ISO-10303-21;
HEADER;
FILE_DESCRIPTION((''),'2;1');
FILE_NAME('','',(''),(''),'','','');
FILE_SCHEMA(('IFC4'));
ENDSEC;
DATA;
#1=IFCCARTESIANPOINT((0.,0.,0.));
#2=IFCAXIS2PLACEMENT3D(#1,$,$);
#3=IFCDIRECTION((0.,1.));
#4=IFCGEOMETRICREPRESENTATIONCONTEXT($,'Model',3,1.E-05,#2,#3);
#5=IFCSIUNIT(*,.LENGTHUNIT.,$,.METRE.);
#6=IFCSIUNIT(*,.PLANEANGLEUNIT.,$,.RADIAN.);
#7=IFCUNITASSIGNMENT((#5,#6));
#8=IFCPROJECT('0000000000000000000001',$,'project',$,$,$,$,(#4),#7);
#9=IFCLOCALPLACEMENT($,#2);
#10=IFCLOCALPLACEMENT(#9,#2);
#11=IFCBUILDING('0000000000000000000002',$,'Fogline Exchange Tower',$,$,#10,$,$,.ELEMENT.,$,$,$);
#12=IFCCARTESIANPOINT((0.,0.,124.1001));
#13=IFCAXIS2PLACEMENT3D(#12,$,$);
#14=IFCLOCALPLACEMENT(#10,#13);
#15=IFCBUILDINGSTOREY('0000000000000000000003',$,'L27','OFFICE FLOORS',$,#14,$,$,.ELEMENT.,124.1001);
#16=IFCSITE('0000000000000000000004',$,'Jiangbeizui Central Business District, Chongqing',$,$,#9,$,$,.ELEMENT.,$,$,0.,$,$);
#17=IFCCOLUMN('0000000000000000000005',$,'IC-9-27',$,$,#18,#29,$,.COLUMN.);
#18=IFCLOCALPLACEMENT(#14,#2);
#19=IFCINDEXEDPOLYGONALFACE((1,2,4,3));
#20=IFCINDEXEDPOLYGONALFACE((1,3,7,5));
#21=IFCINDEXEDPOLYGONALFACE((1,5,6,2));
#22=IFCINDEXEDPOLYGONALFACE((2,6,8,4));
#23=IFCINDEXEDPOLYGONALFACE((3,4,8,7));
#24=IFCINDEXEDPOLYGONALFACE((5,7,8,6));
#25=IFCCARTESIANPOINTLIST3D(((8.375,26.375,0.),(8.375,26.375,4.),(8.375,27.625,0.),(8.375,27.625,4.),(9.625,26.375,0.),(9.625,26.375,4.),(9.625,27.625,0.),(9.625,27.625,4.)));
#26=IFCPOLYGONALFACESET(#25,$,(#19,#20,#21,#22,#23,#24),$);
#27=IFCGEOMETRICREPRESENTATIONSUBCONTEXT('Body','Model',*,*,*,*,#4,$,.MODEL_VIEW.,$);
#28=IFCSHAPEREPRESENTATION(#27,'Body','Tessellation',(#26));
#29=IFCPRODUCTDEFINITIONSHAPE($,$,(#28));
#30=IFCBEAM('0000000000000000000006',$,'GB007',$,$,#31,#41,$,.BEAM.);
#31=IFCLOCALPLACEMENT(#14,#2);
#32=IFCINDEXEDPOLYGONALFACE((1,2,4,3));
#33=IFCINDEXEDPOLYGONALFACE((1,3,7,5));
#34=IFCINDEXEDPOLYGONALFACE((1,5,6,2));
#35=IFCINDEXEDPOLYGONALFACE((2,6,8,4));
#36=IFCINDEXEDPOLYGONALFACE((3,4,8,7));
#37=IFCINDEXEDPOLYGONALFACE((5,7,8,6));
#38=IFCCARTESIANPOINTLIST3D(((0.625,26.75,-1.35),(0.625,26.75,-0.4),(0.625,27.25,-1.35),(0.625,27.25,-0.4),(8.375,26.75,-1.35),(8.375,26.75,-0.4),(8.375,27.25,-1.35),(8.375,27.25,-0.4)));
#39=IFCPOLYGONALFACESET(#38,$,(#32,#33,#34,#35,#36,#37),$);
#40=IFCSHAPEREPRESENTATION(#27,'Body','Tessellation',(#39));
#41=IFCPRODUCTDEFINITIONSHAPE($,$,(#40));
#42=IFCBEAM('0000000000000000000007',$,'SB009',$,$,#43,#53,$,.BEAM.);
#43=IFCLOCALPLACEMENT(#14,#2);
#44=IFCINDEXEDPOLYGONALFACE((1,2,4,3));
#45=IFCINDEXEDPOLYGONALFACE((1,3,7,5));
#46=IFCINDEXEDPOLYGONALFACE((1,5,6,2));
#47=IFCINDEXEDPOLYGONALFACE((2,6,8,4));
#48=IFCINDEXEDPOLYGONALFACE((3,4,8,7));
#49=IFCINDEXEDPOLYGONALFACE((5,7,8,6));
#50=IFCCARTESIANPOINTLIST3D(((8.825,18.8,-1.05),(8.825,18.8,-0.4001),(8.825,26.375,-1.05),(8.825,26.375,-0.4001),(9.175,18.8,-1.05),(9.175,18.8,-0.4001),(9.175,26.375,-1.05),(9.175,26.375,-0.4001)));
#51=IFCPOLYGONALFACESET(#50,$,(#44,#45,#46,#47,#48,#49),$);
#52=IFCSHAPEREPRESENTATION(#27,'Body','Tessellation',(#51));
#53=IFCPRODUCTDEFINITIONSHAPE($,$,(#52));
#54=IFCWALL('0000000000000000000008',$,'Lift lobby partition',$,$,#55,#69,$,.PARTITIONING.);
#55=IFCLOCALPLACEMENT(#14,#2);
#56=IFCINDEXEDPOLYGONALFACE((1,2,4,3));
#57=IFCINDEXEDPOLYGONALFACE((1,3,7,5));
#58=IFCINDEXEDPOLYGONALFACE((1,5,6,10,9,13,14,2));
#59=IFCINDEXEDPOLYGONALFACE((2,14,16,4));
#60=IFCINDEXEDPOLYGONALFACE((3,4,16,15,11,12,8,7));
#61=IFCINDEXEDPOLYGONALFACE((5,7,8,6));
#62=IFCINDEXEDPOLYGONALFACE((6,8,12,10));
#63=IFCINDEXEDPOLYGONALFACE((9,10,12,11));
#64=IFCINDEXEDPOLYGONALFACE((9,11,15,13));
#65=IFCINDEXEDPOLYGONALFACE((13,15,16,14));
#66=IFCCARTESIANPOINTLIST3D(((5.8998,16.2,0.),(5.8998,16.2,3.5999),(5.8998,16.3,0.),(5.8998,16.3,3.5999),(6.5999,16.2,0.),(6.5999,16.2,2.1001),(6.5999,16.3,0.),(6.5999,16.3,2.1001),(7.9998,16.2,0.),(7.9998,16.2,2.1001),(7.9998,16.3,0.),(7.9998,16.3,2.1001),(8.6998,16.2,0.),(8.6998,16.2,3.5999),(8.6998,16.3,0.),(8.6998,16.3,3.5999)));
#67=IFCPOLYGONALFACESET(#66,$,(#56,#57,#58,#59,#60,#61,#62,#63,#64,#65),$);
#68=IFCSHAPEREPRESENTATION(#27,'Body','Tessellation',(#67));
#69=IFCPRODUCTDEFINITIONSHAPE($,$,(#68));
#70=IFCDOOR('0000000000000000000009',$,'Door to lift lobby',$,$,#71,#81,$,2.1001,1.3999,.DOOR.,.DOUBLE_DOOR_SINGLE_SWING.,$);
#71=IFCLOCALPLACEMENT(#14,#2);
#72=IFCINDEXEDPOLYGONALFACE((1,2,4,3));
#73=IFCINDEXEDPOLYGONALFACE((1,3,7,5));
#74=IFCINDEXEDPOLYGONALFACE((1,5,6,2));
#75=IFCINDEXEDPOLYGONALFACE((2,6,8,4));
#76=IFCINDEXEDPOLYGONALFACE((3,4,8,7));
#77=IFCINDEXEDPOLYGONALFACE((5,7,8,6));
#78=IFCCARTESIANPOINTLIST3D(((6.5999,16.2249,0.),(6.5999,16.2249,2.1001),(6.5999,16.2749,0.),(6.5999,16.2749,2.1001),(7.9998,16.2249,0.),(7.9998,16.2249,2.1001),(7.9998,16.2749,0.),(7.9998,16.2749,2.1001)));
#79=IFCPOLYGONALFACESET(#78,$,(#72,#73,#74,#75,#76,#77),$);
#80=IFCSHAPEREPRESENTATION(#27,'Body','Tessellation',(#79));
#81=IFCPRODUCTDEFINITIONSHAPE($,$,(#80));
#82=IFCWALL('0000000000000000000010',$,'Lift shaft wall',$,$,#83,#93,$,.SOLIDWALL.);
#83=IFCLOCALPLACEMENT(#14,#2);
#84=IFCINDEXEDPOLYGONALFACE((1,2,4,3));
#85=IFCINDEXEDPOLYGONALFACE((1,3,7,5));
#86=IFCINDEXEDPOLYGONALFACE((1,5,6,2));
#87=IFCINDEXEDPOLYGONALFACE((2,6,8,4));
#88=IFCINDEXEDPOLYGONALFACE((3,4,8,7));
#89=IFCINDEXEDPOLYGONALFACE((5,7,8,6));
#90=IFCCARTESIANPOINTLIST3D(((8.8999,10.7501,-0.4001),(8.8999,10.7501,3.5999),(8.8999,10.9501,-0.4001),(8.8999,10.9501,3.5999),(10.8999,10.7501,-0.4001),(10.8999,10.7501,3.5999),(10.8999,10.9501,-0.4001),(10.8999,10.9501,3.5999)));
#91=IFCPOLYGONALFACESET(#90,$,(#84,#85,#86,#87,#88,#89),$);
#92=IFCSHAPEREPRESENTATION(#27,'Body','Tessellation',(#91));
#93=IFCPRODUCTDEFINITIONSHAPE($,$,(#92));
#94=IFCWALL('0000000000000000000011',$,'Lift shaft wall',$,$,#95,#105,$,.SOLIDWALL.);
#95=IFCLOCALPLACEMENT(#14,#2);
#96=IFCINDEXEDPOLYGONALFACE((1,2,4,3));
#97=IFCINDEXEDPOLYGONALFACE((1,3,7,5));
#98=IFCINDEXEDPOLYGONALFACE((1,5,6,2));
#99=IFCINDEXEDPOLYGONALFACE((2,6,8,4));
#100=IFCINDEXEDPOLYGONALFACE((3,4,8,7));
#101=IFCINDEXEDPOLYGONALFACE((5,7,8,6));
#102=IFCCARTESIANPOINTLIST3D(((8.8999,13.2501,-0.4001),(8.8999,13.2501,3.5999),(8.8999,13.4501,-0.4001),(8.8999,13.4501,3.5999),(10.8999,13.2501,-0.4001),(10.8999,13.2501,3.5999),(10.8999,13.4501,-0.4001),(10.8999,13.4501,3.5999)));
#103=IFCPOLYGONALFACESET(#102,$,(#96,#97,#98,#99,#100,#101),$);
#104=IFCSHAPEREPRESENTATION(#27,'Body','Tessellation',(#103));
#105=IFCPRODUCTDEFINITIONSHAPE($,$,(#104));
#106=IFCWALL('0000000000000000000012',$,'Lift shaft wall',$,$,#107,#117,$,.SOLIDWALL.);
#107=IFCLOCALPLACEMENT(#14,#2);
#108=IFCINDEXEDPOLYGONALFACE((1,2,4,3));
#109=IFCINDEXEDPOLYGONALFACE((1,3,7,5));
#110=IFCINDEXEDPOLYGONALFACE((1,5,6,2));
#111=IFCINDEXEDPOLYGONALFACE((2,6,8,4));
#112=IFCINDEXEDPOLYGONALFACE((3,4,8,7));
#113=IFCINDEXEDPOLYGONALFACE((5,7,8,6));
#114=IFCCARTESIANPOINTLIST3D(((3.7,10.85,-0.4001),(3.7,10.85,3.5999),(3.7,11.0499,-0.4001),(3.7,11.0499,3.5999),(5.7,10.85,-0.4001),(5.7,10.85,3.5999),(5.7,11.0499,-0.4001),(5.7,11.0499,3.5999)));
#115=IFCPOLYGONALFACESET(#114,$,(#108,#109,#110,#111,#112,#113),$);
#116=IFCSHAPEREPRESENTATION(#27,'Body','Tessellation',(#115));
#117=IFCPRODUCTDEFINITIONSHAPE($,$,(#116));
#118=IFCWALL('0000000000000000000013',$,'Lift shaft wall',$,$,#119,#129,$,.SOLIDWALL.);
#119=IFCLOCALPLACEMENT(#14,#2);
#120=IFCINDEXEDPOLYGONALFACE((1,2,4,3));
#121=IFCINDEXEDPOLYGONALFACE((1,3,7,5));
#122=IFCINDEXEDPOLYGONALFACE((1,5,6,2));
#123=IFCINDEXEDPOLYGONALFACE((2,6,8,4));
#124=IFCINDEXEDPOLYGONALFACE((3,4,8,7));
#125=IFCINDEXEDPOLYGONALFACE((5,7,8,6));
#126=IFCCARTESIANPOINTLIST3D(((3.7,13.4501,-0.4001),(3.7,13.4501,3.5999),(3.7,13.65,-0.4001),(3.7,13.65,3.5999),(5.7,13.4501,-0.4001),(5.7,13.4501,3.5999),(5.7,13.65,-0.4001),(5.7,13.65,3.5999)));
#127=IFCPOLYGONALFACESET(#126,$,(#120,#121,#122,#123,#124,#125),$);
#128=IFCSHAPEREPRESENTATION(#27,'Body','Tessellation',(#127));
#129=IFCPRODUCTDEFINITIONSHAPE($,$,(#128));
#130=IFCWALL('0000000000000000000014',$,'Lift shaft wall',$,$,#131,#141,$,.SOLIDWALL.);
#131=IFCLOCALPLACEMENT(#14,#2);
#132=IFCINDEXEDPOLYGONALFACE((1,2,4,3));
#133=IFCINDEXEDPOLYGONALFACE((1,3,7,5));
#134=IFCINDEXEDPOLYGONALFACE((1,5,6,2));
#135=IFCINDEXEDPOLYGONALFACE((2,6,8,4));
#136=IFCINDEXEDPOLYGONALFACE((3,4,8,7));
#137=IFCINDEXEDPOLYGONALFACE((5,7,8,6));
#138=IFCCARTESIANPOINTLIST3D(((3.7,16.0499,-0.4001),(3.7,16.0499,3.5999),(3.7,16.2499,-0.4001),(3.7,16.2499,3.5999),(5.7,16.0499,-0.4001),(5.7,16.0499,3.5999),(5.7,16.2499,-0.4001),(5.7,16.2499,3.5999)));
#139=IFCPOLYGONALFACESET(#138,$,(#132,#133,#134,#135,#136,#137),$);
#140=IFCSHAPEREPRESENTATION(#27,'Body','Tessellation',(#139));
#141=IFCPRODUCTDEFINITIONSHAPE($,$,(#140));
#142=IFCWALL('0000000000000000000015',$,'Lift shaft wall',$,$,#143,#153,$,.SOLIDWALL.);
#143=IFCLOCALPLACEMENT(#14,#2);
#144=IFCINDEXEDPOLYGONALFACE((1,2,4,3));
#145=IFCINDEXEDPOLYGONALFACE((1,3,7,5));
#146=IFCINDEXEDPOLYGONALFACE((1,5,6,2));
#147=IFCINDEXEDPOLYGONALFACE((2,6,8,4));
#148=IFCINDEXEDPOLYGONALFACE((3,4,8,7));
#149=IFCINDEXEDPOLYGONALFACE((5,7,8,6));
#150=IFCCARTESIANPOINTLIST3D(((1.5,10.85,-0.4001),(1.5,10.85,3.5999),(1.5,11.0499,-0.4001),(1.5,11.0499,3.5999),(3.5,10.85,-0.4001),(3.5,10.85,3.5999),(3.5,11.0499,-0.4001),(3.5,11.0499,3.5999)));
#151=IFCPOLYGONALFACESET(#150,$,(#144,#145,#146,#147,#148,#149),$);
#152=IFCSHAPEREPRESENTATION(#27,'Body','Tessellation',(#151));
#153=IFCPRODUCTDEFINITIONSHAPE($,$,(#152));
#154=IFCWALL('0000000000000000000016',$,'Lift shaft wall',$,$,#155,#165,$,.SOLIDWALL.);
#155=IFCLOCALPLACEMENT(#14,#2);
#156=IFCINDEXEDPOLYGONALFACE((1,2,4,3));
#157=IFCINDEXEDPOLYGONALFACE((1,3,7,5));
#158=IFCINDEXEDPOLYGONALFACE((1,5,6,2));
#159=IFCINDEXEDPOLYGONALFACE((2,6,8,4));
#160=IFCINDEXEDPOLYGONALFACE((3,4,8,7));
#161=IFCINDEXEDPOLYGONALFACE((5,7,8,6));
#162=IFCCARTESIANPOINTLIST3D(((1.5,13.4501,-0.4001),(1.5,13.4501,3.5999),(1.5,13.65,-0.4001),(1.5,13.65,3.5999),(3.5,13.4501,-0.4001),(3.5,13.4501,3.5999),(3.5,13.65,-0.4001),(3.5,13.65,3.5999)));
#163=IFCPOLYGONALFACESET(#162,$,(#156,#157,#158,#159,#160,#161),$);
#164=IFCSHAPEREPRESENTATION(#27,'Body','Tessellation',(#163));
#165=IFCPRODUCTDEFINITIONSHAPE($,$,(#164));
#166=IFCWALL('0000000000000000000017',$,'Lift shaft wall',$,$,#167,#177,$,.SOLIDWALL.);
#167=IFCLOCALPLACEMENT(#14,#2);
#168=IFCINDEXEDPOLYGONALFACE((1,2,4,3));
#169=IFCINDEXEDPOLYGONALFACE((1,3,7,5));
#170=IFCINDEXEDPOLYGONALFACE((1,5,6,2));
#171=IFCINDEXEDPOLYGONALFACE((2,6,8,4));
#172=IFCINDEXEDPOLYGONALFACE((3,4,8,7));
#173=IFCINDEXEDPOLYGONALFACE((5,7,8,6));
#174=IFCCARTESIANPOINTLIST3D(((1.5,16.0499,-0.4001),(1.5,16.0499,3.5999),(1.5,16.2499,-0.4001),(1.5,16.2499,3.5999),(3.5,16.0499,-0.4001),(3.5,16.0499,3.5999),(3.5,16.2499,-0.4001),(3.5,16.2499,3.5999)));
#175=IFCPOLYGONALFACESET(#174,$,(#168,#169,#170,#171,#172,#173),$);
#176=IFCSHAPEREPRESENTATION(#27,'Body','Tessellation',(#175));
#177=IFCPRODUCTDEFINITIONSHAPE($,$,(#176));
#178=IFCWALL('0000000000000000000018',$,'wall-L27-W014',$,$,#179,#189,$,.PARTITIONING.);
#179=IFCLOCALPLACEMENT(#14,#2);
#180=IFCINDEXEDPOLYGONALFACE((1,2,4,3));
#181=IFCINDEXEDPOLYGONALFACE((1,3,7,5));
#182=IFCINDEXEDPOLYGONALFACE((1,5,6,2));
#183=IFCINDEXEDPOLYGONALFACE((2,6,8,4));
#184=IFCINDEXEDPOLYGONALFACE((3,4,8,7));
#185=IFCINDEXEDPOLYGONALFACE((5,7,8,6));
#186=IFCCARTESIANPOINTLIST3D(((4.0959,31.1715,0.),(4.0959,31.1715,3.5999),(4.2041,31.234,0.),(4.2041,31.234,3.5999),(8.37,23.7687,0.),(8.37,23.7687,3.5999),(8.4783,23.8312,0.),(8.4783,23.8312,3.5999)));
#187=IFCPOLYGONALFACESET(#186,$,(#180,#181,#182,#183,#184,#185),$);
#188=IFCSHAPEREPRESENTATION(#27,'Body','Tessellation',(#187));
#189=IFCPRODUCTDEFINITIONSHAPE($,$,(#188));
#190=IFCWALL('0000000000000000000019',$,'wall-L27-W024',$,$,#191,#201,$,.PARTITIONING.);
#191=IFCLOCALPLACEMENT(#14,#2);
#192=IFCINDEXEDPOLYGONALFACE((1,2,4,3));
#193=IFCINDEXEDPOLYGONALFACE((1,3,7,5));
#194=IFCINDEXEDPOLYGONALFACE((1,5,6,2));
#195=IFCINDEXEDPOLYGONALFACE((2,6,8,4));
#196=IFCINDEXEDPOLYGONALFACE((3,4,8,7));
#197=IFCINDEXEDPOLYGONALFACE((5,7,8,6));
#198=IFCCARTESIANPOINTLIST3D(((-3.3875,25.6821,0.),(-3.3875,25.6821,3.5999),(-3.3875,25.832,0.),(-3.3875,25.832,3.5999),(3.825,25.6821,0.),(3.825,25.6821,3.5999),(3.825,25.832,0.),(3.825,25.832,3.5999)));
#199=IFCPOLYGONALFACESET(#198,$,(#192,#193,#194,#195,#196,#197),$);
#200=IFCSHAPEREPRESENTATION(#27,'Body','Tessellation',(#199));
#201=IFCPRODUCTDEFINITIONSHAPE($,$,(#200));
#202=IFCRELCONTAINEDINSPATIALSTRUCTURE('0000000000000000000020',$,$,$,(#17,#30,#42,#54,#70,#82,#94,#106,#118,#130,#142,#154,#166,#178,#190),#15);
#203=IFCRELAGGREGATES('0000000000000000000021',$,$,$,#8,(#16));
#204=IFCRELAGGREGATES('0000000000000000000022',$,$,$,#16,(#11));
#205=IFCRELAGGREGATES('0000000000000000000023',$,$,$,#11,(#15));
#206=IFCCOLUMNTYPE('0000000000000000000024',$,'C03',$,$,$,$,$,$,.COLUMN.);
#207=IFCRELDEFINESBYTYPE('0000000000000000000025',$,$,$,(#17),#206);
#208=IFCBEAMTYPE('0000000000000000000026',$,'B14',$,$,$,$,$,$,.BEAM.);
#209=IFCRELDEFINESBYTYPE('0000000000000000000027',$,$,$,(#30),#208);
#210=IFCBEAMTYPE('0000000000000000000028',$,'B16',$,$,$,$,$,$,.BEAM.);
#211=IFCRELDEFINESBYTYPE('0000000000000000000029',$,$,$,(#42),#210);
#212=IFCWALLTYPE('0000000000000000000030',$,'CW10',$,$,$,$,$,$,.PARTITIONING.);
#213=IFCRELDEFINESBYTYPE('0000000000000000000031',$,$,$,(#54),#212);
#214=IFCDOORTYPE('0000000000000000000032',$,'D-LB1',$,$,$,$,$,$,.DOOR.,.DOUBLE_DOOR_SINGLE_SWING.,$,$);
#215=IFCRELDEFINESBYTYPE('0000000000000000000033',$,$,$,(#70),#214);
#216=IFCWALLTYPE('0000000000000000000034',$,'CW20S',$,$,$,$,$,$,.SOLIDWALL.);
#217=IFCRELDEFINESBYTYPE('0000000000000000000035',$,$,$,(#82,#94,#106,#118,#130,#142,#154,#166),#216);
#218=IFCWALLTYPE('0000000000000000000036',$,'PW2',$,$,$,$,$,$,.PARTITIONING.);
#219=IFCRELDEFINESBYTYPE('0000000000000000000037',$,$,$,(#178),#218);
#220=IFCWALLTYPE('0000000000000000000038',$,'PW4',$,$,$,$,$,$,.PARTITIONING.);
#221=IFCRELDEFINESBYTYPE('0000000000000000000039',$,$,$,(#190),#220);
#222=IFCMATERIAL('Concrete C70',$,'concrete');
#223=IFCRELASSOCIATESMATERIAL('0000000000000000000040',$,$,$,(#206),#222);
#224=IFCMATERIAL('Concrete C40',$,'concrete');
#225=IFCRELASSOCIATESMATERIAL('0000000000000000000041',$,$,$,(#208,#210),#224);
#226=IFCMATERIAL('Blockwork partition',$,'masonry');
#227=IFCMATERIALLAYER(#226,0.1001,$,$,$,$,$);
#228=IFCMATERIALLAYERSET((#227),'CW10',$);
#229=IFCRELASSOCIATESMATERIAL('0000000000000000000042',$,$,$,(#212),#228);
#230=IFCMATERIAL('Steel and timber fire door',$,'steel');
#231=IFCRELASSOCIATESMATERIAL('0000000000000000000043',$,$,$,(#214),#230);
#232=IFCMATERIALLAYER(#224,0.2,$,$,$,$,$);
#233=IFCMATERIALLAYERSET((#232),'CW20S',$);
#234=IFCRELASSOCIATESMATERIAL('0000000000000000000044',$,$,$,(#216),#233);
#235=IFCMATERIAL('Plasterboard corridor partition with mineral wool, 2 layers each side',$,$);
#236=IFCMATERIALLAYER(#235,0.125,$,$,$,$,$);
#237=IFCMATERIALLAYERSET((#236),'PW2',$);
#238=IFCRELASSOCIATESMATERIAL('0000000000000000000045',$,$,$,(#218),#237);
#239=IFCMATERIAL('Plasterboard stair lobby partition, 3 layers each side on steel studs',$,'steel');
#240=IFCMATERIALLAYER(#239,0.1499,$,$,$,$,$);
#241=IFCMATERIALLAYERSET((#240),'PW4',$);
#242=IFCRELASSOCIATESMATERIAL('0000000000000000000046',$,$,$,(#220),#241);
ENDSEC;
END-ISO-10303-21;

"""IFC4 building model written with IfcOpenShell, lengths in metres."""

from ifc_helpers import new_model, si_unit, direction, frame, frame_2d, origin, origin_2d, place, context, subcontext, project, spatial, rectangle, extrude, material, layer, layer_set, material_profile, profile_set, type_object, element, fill, save


model = new_model("IFC4")

# Units and contexts
model_context = context("Model", 3, precision=1e-05, world=origin(), true_north=direction((0.0, 1.0)))
body_context = subcontext(model_context, "Body", "Model", "MODEL_VIEW")
ifc_project = project(units=[si_unit("LENGTHUNIT", "METRE"), si_unit("PLANEANGLEUNIT", "RADIAN")], contexts=[model_context])

# Site, building, storey
site_placement = place(None, origin())
site = spatial("IfcSite", under=ifc_project, at=site_placement, Name="Jiangbeizui Central Business District, Chongqing", CompositionType="ELEMENT", RefElevation=0.0)
building_placement = place(site_placement, origin())
building = spatial("IfcBuilding", under=site, at=building_placement, Name="Fogline Exchange Tower", CompositionType="ELEMENT")
storey_placement = place(building_placement, frame((0.0, 0.0, 124.1001)))
storey = spatial("IfcBuildingStorey", under=building, at=storey_placement, Name="L27", Description="OFFICE FLOORS", CompositionType="ELEMENT", Elevation=124.1001)

# Column
ifc_material_1 = material(Name="Concrete C70", Category="concrete")
ifc_material_profile_1 = material_profile(ifc_material_1, rectangle(XDim=1.25, YDim=1.25, at=origin_2d()), Name="RC 1250x1250")
ifc_profile_set_1 = profile_set([ifc_material_profile_1], Name="Concrete C70")
column_type = type_object("IfcColumnType", Name="C03", PredefinedType="COLUMN", material=ifc_profile_set_1)
column_placement = place(storey_placement, frame((9.0, 27.0, 0.0), z_axis=(0.0, 0.0, 1.0), x_axis=(1.0, 0.0, 0.0)))
element("IfcColumn", 1, at=column_placement, inside=storey, type_object=column_type, Name="IC-9-27", PredefinedType="COLUMN", context=body_context, shape_type="SweptSolid", body=[
    extrude(rectangle(XDim=1.25, YDim=1.25, at=origin_2d()), origin(), (0.0, 0.0, 1.0), 4.0),
])

# Beams
ifc_material_2 = material(Name="Concrete C40", Category="concrete")
ifc_material_profile_2 = material_profile(ifc_material_2, rectangle(XDim=0.5, YDim=0.95, at=origin_2d()), Name="RC 500x950")
ifc_profile_set_2 = profile_set([ifc_material_profile_2], Name="Concrete C40")
beam_type_1 = type_object("IfcBeamType", Name="B14", PredefinedType="BEAM", material=ifc_profile_set_2)
beam_1_placement = place(storey_placement, frame((0.625, 27.0, -0.875), z_axis=(1.0, 0.0, 0.0), x_axis=(0.0, 1.0, 0.0)))
element("IfcBeam", 2, at=beam_1_placement, inside=storey, type_object=beam_type_1, Name="GB007", PredefinedType="BEAM", context=body_context, shape_type="SweptSolid", body=[
    extrude(rectangle(XDim=0.5, YDim=0.95, at=origin_2d()), origin(), (0.0, 0.0, 1.0), 7.75),
])
ifc_material_profile_3 = material_profile(ifc_material_2, rectangle(XDim=0.3501, YDim=0.6499, at=origin_2d()), Name="RC 350x650")
ifc_profile_set_3 = profile_set([ifc_material_profile_3], Name="Concrete C40")
beam_type_2 = type_object("IfcBeamType", Name="B16", PredefinedType="BEAM", material=ifc_profile_set_3)
beam_2_placement = place(storey_placement, frame((9.0, 18.8, -0.7251), z_axis=(0.0, 1.0, 0.0), x_axis=(-1.0, 0.0, 0.0)))
element("IfcBeam", 3, at=beam_2_placement, inside=storey, type_object=beam_type_2, Name="SB009", PredefinedType="BEAM", context=body_context, shape_type="SweptSolid", body=[
    extrude(rectangle(XDim=0.3501, YDim=0.6499, at=origin_2d()), origin(), (0.0, 0.0, 1.0), 7.575),
])

# Wall, opening, door
ifc_material_3 = material(Name="Blockwork partition", Category="masonry")
ifc_layer_1 = layer(ifc_material_3, 0.1001)
ifc_layer_set_1 = layer_set([ifc_layer_1], Name="CW10")
wall_type_1 = type_object("IfcWallType", Name="CW10", PredefinedType="PARTITIONING", material=ifc_layer_set_1)
wall_1_placement = place(storey_placement, frame((5.8999, 16.25, 0.0), z_axis=(0.0, 0.0, 1.0), x_axis=(1.0, 0.0, 0.0)))
wall_1 = element("IfcWall", 4, at=wall_1_placement, inside=storey, type_object=wall_type_1, Name="Lift lobby partition", PredefinedType="PARTITIONING", context=body_context, shape_type="SweptSolid", body=[
    extrude(rectangle(XDim=2.8, YDim=0.1001, at=frame_2d((1.3999, 0.0))), origin(), (0.0, 0.0, 1.0), 3.5999),
])
opening_1_placement = place(wall_1_placement, frame((0.7, 0.0, 0.0)))
opening_1 = element("IfcOpeningElement", 5, at=opening_1_placement, cuts=wall_1, PredefinedType="OPENING", context=body_context, shape_type="SweptSolid", body=[
    extrude(rectangle(XDim=1.3999, YDim=2.1001, at=frame_2d((0.7, 1.05))), frame((0.0, 0.0601, 0.0), z_axis=(0.0, -1.0, 0.0), x_axis=(1.0, 0.0, 0.0)), (0.0, 0.0, 1.0), 0.1201),
])
ifc_material_4 = material(Name="Steel and timber fire door", Category="steel")
door_type_1 = type_object("IfcDoorType", Name="D-LB1", OperationType="DOUBLE_DOOR_SINGLE_SWING", PredefinedType="DOOR", material=ifc_material_4)
door_1_placement = place(opening_1_placement, origin())
door_1 = element("IfcDoor", 6, at=door_1_placement, inside=storey, type_object=door_type_1, Name="Door to lift lobby", OperationType="DOUBLE_DOOR_SINGLE_SWING", OverallHeight=2.1001, OverallWidth=1.3999, PredefinedType="DOOR", context=body_context, shape_type="SweptSolid", body=[
    extrude(rectangle(XDim=1.3999, YDim=2.1001, at=frame_2d((0.7, 1.05))), frame((0.0, 0.0249, 0.0), z_axis=(0.0, -1.0, 0.0), x_axis=(1.0, 0.0, 0.0)), (0.0, 0.0, 1.0), 0.05),
])
fill(opening_1, door_1)

# Walls
ifc_layer_2 = layer(ifc_material_2, 0.2)
ifc_layer_set_2 = layer_set([ifc_layer_2], Name="CW20S")
wall_type_2 = type_object("IfcWallType", Name="CW20S", PredefinedType="SOLIDWALL", material=ifc_layer_set_2)
for number, where, z_axis, x_axis, name in (
    (7, (8.8999, 10.8501, -0.4001), (0.0, 0.0, 1.0), (1.0, 0.0, 0.0), "Lift shaft wall"),
    (8, (8.8999, 13.3501, -0.4001), (0.0, 0.0, 1.0), (1.0, 0.0, 0.0), "Lift shaft wall"),
    (9, (3.7, 10.95, -0.4001), (0.0, 0.0, 1.0), (1.0, 0.0, 0.0), "Lift shaft wall"),
    (10, (3.7, 13.55, -0.4001), (0.0, 0.0, 1.0), (1.0, 0.0, 0.0), "Lift shaft wall"),
    (11, (3.7, 16.1499, -0.4001), (0.0, 0.0, 1.0), (1.0, 0.0, 0.0), "Lift shaft wall"),
    (12, (1.5, 10.95, -0.4001), (0.0, 0.0, 1.0), (1.0, 0.0, 0.0), "Lift shaft wall"),
    (13, (1.5, 13.55, -0.4001), (0.0, 0.0, 1.0), (1.0, 0.0, 0.0), "Lift shaft wall"),
    (14, (1.5, 16.1499, -0.4001), (0.0, 0.0, 1.0), (1.0, 0.0, 0.0), "Lift shaft wall"),
):
    element("IfcWall", number, at=place(storey_placement, frame(where, z_axis=z_axis, x_axis=x_axis)), inside=storey, type_object=wall_type_2, Name=name, PredefinedType="SOLIDWALL", context=body_context, shape_type="SweptSolid", body=[
        extrude(rectangle(XDim=2.0, YDim=0.2, at=frame_2d((1.0, 0.0))), origin(), (0.0, 0.0, 1.0), 4.0),
    ])
ifc_material_5 = material(Name="Plasterboard corridor partition with mineral wool, 2 layers each side")
ifc_layer_3 = layer(ifc_material_5, 0.125)
ifc_layer_set_3 = layer_set([ifc_layer_3], Name="PW2")
wall_type_3 = type_object("IfcWallType", Name="PW2", PredefinedType="PARTITIONING", material=ifc_layer_set_3)
wall_2_placement = place(storey_placement, frame((8.4241, 23.8, 0.0), z_axis=(0.0, 0.0, 1.0), x_axis=(-0.500013, 0.866018, 0.0)))
element("IfcWall", 15, at=wall_2_placement, inside=storey, type_object=wall_type_3, Name="wall-L27-W014", PredefinedType="PARTITIONING", context=body_context, shape_type="SweptSolid", body=[
    extrude(rectangle(XDim=8.5481, YDim=0.125, at=frame_2d((4.2739, 0.0))), origin(), (0.0, 0.0, 1.0), 3.5999),
])
ifc_material_6 = material(Name="Plasterboard stair lobby partition, 3 layers each side on steel studs", Category="steel")
ifc_layer_4 = layer(ifc_material_6, 0.1499)
ifc_layer_set_4 = layer_set([ifc_layer_4], Name="PW4")
wall_type_4 = type_object("IfcWallType", Name="PW4", PredefinedType="PARTITIONING", material=ifc_layer_set_4)
wall_3_placement = place(storey_placement, frame((3.825, 25.7571, 0.0), z_axis=(0.0, 0.0, 1.0), x_axis=(-1.0, 0.0, 0.0)))
element("IfcWall", 16, at=wall_3_placement, inside=storey, type_object=wall_type_4, Name="wall-L27-W024", PredefinedType="PARTITIONING", context=body_context, shape_type="SweptSolid", body=[
    extrude(rectangle(XDim=7.2124, YDim=0.1499, at=frame_2d((3.6062, 0.0))), origin(), (0.0, 0.0, 1.0), 3.5999),
])

save(model, "model.ifc")
